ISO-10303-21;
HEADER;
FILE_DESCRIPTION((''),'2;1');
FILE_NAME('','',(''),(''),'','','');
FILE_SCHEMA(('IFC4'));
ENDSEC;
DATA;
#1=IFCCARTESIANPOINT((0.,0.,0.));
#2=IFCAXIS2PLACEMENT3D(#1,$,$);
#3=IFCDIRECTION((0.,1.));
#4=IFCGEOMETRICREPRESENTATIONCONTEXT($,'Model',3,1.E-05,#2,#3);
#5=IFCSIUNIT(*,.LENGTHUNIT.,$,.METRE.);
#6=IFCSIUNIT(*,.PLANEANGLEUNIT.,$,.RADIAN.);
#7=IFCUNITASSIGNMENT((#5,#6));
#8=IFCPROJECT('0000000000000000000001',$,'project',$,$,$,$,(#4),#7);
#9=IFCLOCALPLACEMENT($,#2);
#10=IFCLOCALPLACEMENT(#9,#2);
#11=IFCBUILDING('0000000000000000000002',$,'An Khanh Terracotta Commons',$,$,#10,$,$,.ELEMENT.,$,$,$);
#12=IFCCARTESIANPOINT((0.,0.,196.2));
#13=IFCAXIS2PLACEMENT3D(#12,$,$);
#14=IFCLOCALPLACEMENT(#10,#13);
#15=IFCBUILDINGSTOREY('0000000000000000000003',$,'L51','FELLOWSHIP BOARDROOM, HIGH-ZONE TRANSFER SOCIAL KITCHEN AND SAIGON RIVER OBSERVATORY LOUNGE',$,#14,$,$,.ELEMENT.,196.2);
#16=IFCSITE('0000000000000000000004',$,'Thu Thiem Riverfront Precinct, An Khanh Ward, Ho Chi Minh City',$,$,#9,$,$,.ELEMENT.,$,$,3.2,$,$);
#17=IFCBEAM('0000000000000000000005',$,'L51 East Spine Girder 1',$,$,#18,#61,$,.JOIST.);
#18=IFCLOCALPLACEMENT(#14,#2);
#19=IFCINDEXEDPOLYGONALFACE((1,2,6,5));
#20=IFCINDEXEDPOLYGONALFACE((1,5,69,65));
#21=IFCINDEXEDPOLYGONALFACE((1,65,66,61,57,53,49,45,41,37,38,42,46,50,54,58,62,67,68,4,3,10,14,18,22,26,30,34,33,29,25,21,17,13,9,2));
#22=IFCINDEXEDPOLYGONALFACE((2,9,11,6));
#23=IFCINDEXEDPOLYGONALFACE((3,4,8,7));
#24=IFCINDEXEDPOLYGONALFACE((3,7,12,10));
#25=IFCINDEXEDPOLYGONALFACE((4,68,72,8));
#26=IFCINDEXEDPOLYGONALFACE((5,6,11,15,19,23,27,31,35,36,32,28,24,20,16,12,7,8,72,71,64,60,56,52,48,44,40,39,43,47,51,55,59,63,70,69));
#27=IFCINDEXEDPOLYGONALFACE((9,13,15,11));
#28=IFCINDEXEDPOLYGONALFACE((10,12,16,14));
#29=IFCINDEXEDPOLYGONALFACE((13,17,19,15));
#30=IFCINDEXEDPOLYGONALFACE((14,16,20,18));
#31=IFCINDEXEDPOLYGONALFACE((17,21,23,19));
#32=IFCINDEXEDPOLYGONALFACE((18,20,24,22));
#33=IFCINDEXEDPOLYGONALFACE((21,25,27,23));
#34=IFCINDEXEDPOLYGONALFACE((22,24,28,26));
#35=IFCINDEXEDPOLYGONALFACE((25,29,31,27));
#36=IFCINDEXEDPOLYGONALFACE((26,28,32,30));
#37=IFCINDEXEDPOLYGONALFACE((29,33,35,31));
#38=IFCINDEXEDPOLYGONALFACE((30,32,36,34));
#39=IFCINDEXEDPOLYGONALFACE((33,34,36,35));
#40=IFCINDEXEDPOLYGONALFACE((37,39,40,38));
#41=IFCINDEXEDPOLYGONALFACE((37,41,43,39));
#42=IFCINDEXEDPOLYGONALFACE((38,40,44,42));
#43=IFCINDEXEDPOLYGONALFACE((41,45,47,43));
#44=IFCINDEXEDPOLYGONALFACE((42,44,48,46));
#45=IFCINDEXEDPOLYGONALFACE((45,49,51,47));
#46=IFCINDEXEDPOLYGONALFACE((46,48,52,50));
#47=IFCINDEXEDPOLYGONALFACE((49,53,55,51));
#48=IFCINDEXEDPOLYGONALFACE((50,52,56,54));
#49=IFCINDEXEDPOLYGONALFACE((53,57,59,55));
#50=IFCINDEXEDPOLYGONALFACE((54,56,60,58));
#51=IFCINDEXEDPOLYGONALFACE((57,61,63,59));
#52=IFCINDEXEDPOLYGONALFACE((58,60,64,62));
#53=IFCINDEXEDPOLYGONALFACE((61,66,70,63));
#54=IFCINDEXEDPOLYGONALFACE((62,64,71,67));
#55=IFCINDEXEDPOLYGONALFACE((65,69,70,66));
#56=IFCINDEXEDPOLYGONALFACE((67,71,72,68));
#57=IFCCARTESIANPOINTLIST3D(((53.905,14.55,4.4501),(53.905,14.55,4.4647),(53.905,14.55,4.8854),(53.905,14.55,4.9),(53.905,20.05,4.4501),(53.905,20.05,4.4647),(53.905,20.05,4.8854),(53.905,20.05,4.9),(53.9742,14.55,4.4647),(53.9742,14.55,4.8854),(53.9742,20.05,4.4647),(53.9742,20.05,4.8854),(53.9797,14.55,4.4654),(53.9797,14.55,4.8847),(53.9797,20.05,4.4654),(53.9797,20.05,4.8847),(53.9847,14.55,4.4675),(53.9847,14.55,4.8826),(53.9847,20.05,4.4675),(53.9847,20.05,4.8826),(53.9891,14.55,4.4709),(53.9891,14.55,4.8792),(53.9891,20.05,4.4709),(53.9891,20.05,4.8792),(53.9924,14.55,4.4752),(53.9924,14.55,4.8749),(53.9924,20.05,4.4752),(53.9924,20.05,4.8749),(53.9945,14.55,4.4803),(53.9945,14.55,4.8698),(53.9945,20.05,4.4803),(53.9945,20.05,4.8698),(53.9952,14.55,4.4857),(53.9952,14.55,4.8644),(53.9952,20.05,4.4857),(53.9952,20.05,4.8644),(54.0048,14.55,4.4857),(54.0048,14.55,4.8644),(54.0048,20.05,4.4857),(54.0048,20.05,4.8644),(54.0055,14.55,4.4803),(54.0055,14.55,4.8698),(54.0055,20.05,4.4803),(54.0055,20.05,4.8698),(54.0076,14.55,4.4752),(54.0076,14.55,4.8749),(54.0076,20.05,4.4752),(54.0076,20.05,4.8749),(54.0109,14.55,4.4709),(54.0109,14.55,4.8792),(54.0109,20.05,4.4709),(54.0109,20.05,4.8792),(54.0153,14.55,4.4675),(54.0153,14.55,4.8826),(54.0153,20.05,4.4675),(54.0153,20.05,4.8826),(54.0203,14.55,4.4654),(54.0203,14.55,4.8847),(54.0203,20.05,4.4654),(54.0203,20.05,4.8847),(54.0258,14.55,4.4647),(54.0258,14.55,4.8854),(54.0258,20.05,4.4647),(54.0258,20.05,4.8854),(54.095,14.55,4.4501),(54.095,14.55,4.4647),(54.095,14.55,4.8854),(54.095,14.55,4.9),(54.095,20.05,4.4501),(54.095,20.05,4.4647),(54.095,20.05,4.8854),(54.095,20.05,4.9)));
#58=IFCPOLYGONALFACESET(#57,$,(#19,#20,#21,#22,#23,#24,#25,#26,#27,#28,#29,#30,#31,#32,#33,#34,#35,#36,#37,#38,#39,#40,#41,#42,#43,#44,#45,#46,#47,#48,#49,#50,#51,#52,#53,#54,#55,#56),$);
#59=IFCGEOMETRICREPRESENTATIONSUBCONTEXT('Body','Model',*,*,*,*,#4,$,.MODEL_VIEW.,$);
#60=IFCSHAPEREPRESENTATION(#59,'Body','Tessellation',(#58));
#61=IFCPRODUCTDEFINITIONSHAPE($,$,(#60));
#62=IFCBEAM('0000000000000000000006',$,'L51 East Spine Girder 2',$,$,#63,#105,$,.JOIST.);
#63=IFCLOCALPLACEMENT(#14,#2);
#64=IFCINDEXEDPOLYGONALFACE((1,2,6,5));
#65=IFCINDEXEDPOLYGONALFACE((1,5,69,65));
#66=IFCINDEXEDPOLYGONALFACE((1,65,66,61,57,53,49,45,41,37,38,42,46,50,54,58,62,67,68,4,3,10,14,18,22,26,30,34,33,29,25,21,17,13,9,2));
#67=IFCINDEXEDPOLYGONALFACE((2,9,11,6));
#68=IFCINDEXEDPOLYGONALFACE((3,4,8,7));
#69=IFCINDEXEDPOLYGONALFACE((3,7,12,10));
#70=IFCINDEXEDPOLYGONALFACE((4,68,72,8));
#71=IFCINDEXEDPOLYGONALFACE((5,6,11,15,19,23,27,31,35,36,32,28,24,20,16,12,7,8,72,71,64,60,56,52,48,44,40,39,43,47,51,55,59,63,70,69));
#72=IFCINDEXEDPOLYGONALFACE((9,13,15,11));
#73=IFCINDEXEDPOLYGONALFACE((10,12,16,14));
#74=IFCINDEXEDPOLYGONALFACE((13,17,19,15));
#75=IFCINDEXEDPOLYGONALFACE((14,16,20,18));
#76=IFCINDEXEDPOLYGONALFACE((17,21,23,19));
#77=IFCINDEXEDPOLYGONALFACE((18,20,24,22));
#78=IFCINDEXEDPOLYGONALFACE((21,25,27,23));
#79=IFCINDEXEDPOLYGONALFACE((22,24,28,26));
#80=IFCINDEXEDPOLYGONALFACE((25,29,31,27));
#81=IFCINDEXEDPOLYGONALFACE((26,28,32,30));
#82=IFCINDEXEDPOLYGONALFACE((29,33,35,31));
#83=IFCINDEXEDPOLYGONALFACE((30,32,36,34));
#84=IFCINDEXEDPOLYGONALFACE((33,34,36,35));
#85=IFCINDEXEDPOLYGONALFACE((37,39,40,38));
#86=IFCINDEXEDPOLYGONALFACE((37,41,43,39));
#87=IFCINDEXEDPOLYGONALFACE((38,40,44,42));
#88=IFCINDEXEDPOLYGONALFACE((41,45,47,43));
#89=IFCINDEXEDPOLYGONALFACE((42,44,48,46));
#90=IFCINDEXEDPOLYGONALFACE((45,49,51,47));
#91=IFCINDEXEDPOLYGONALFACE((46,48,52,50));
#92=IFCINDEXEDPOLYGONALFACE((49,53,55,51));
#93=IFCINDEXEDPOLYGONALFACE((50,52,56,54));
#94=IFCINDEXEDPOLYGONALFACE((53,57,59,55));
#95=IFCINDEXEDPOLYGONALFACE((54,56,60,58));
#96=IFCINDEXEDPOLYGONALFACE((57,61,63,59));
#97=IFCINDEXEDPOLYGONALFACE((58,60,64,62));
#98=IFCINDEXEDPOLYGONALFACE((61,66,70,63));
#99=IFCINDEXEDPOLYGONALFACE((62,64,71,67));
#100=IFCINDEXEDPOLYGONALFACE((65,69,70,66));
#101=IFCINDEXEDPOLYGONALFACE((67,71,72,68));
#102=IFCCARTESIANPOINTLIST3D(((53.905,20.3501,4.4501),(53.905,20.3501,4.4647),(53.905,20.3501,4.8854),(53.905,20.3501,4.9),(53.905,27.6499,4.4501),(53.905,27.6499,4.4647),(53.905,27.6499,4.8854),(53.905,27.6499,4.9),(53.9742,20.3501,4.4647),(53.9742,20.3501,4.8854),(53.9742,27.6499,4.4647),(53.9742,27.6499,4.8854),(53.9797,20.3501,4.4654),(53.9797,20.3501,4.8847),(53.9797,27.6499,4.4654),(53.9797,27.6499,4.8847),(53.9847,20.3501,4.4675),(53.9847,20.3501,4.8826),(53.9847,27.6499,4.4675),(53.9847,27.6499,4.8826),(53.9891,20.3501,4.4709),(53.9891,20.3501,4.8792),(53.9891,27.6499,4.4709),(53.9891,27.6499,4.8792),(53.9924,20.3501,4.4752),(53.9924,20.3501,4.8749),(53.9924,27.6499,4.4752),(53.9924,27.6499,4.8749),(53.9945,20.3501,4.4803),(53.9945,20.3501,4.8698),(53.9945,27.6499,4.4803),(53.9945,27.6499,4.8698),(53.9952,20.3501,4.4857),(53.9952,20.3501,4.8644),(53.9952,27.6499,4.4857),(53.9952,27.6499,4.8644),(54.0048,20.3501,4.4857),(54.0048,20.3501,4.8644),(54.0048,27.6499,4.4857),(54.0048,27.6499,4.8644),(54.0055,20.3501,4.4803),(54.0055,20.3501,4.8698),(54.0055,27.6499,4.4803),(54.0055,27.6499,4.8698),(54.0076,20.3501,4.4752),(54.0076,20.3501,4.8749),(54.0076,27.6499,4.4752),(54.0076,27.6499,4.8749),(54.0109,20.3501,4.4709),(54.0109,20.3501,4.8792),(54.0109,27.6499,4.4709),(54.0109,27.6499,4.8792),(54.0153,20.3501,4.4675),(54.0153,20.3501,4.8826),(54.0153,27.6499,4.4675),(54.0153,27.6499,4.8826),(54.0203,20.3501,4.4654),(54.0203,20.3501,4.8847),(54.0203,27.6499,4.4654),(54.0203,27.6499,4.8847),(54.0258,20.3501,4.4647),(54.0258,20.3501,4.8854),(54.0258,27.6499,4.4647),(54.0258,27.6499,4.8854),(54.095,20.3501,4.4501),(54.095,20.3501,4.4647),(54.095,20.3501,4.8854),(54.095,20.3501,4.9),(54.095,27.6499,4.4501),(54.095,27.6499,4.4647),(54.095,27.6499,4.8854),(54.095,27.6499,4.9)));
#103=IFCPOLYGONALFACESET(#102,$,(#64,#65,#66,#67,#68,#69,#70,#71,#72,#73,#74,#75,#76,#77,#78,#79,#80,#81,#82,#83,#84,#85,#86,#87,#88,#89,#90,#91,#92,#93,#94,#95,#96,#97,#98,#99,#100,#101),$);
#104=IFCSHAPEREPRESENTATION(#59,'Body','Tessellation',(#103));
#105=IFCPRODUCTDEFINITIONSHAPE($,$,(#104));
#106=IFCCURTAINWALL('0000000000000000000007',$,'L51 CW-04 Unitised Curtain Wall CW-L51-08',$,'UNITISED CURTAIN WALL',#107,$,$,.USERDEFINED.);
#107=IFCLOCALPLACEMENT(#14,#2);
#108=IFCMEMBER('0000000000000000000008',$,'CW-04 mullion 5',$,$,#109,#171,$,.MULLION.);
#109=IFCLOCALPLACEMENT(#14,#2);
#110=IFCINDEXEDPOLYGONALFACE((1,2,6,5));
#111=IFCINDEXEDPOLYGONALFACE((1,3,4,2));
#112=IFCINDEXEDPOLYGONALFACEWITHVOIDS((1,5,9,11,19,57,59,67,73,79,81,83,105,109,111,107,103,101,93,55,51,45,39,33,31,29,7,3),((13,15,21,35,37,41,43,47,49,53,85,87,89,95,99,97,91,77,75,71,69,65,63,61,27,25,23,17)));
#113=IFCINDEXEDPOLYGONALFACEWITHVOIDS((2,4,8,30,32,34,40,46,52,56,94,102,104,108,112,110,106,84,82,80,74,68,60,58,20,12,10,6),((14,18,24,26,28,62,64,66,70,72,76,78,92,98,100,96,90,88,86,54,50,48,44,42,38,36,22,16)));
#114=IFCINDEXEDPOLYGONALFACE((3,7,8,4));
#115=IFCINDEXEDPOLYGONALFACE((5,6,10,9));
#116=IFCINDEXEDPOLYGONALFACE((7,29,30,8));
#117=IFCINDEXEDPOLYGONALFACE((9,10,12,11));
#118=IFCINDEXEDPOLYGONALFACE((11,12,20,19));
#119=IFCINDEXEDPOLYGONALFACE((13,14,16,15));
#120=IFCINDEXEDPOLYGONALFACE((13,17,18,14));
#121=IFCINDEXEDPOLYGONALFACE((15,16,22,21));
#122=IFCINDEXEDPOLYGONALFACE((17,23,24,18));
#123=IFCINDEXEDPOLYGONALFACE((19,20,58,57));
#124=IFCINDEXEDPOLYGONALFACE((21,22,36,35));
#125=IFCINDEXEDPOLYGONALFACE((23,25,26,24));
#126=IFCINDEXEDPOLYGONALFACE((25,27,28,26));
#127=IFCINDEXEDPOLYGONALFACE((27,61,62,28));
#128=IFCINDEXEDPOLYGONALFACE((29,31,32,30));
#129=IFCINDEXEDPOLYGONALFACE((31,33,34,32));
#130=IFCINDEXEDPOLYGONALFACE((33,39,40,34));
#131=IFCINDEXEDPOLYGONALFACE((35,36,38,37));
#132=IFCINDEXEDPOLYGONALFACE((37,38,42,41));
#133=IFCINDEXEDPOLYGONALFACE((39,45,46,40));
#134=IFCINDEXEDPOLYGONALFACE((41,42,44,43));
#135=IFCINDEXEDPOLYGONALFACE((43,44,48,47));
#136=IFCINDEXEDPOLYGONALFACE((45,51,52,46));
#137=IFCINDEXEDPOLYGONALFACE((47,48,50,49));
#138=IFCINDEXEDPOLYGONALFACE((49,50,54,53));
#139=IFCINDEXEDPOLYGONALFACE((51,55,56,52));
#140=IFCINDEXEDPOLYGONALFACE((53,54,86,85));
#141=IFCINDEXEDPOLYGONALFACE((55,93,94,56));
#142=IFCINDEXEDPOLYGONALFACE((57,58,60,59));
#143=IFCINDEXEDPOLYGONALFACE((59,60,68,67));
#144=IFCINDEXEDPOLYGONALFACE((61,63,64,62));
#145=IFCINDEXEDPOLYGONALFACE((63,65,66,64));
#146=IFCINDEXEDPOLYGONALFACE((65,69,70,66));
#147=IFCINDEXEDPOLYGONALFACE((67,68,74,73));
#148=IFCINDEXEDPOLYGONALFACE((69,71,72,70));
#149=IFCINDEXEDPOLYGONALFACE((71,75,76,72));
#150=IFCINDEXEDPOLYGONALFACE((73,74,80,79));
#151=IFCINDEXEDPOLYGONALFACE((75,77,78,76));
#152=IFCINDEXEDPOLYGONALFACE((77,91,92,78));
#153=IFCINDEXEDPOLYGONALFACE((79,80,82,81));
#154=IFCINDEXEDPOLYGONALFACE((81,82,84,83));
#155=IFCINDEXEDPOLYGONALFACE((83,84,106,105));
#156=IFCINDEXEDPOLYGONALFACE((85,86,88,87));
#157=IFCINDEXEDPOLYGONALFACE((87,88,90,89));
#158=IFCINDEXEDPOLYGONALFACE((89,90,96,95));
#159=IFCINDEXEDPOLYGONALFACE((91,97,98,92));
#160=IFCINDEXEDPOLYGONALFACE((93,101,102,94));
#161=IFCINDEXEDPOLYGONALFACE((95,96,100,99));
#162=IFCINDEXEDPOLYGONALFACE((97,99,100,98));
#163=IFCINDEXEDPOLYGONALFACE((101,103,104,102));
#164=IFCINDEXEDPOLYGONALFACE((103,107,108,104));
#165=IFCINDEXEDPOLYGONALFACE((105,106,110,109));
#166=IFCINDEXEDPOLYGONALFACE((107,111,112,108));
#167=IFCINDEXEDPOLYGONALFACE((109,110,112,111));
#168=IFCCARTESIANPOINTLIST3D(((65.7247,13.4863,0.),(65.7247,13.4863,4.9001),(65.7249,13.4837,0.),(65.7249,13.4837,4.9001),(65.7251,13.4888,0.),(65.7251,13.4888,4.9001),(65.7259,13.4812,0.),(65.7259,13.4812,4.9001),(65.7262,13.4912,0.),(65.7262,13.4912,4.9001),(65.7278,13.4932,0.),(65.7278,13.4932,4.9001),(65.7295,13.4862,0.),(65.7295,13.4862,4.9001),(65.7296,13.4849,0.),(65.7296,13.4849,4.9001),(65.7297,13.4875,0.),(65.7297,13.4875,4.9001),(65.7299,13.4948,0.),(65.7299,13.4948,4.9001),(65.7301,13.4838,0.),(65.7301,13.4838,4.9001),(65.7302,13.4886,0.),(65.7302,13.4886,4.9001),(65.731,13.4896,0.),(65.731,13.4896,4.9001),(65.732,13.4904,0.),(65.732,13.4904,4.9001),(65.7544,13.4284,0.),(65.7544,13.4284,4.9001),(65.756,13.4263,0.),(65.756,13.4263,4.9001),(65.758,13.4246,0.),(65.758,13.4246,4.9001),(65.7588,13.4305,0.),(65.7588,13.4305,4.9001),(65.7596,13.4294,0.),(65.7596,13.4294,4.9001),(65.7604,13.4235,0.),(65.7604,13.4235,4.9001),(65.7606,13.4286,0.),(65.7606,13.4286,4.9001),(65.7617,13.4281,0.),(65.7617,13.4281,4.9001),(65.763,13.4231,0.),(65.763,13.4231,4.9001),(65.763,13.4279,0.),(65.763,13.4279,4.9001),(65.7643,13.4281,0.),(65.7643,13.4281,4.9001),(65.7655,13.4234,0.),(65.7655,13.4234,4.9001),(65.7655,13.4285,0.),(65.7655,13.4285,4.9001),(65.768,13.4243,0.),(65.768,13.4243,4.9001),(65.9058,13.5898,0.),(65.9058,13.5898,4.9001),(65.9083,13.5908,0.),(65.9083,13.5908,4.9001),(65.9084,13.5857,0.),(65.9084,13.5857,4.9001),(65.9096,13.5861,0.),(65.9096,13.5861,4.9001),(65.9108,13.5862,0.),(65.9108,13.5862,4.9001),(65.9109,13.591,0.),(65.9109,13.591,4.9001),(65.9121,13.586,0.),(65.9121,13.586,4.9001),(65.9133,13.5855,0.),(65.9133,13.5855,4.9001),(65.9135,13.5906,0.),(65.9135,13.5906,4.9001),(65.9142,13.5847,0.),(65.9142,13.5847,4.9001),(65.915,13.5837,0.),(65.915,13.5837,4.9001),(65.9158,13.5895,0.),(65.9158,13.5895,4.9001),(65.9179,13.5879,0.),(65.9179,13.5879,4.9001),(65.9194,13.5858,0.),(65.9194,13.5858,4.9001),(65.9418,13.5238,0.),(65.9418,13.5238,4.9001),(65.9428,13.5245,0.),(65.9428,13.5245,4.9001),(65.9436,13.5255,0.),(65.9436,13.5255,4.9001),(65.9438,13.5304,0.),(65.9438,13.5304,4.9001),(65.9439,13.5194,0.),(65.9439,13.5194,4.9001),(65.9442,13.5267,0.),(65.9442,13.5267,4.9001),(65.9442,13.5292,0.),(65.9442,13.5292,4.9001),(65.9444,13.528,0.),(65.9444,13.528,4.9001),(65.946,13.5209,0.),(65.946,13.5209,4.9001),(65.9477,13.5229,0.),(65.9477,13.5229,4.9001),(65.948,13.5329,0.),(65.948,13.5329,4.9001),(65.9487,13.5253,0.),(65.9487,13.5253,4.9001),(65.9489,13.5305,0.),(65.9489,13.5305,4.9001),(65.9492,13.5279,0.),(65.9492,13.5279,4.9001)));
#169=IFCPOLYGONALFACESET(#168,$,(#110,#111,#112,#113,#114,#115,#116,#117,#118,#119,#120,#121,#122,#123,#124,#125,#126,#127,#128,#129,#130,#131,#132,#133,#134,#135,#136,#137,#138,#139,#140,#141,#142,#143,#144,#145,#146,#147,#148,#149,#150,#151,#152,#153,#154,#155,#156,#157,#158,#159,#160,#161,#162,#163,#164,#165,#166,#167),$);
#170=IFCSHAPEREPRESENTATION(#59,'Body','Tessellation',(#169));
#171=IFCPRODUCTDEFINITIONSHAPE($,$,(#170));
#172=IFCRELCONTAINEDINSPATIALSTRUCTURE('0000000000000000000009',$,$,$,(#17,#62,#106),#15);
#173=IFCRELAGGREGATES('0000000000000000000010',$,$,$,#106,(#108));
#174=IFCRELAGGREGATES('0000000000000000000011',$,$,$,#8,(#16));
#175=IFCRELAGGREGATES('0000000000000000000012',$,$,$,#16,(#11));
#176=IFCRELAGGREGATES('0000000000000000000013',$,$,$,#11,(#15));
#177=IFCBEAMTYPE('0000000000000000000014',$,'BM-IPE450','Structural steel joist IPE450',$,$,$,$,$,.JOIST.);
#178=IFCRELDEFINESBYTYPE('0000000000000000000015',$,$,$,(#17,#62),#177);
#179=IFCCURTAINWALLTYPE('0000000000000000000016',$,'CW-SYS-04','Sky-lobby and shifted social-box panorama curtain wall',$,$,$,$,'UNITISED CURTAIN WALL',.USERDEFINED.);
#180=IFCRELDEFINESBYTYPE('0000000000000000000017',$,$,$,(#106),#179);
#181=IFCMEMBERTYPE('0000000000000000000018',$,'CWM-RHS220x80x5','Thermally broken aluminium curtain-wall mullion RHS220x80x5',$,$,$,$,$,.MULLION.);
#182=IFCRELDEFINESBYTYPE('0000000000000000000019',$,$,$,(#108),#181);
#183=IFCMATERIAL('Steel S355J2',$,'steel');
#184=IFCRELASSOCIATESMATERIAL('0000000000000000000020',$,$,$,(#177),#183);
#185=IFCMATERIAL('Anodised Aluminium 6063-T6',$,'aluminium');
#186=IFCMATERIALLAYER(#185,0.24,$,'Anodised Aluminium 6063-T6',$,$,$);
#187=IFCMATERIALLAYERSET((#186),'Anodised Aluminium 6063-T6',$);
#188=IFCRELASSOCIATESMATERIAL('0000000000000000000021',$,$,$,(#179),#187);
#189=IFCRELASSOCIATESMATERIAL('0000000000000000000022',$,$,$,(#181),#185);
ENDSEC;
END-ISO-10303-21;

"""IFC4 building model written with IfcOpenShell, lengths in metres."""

from ifc_helpers import new_model, si_unit, direction, frame, origin, origin_2d, place, context, subcontext, project, spatial, hollow_rectangle, i_section, extrude, material, layer, layer_set, material_profile, profile_set, type_object, element, aggregate, save


model = new_model("IFC4")

# Units and contexts
model_context = context("Model", 3, precision=1e-05, world=origin(), true_north=direction((0.0, 1.0)))
body_context = subcontext(model_context, "Body", "Model", "MODEL_VIEW")
ifc_project = project(units=[si_unit("LENGTHUNIT", "METRE"), si_unit("PLANEANGLEUNIT", "RADIAN")], contexts=[model_context])

# Site, building, storey
site_placement = place(None, origin())
site = spatial("IfcSite", under=ifc_project, at=site_placement, Name="Thu Thiem Riverfront Precinct, An Khanh Ward, Ho Chi Minh City", CompositionType="ELEMENT", RefElevation=3.2)
building_placement = place(site_placement, origin())
building = spatial("IfcBuilding", under=site, at=building_placement, Name="An Khanh Terracotta Commons", CompositionType="ELEMENT")
storey_placement = place(building_placement, frame((0.0, 0.0, 196.2)))
storey = spatial("IfcBuildingStorey", under=building, at=storey_placement, Name="L51", Description="FELLOWSHIP BOARDROOM, HIGH-ZONE TRANSFER SOCIAL KITCHEN AND SAIGON RIVER OBSERVATORY LOUNGE", CompositionType="ELEMENT", Elevation=196.2)

# Beams
ifc_material_1 = material(Name="Steel S355J2", Category="steel")
ifc_material_profile_1 = material_profile(ifc_material_1, i_section(OverallWidth=0.1899, OverallDepth=0.45, WebThickness=0.0095, FlangeThickness=0.0146, FilletRadius=0.021, at=origin_2d()), Name="IPE450")
ifc_profile_set_1 = profile_set([ifc_material_profile_1], Name="Steel S355J2")
beam_type_1 = type_object("IfcBeamType", Name="BM-IPE450", Description="Structural steel joist IPE450", PredefinedType="JOIST", material=ifc_profile_set_1)
beam_1_placement = place(storey_placement, frame((54.0, 14.55, 4.675), z_axis=(0.0, 1.0, 0.0), x_axis=(-1.0, 0.0, 0.0)))
element("IfcBeam", 1, at=beam_1_placement, inside=storey, type_object=beam_type_1, Name="L51 East Spine Girder 1", PredefinedType="JOIST", context=body_context, shape_type="SweptSolid", body=[
    extrude(i_section(OverallWidth=0.1899, OverallDepth=0.45, WebThickness=0.0095, FlangeThickness=0.0146, FilletRadius=0.021, at=origin_2d()), origin(), (0.0, 0.0, 1.0), 5.5),
])
beam_2_placement = place(storey_placement, frame((54.0, 20.3501, 4.675), z_axis=(0.0, 1.0, 0.0), x_axis=(-1.0, 0.0, 0.0)))
element("IfcBeam", 2, at=beam_2_placement, inside=storey, type_object=beam_type_1, Name="L51 East Spine Girder 2", PredefinedType="JOIST", context=body_context, shape_type="SweptSolid", body=[
    extrude(i_section(OverallWidth=0.1899, OverallDepth=0.45, WebThickness=0.0095, FlangeThickness=0.0146, FilletRadius=0.021, at=origin_2d()), origin(), (0.0, 0.0, 1.0), 7.2998),
])

# Curtain wall, member
ifc_material_2 = material(Name="Anodised Aluminium 6063-T6", Category="aluminium")
ifc_layer_1 = layer(ifc_material_2, 0.24, Name="Anodised Aluminium 6063-T6")
ifc_layer_set_1 = layer_set([ifc_layer_1], Name="Anodised Aluminium 6063-T6")
curtain_wall_type = type_object("IfcCurtainWallType", Name="CW-SYS-04", Description="Sky-lobby and shifted social-box panorama curtain wall", ElementType="UNITISED CURTAIN WALL", PredefinedType="USERDEFINED", material=ifc_layer_set_1)
curtain_wall_1_placement = place(storey_placement, origin())
curtain_wall_1 = element("IfcCurtainWall", 3, at=curtain_wall_1_placement, inside=storey, type_object=curtain_wall_type, Name="L51 CW-04 Unitised Curtain Wall CW-L51-08", ObjectType="UNITISED CURTAIN WALL", PredefinedType="USERDEFINED")
ifc_material_profile_2 = material_profile(ifc_material_2, hollow_rectangle(XDim=0.0801, YDim=0.22, WallThickness=0.0049, InnerFilletRadius=0.0049, OuterFilletRadius=0.01, at=origin_2d()), Name="RHS220x80x5")
ifc_profile_set_2 = profile_set([ifc_material_profile_2], Name="Anodised Aluminium 6063-T6")
member_type_1 = type_object("IfcMemberType", Name="CWM-RHS220x80x5", Description="Thermally broken aluminium curtain-wall mullion RHS220x80x5", PredefinedType="MULLION", material=ifc_profile_set_2)
member_1_placement = place(storey_placement, frame((65.8369, 13.5071, 0.0), z_axis=(0.0, 0.0, 1.0), x_axis=(-0.475381, 0.87978, 0.0)))
member_1 = element("IfcMember", 4, at=member_1_placement, type_object=member_type_1, Name="CW-04 mullion 5", PredefinedType="MULLION", context=body_context, shape_type="SweptSolid", body=[
    extrude(hollow_rectangle(XDim=0.0801, YDim=0.22, WallThickness=0.0049, InnerFilletRadius=0.0049, OuterFilletRadius=0.01, at=origin_2d()), origin(), (0.0, 0.0, 1.0), 4.9001),
])

aggregate(curtain_wall_1, [member_1])

save(model, "model.ifc")
